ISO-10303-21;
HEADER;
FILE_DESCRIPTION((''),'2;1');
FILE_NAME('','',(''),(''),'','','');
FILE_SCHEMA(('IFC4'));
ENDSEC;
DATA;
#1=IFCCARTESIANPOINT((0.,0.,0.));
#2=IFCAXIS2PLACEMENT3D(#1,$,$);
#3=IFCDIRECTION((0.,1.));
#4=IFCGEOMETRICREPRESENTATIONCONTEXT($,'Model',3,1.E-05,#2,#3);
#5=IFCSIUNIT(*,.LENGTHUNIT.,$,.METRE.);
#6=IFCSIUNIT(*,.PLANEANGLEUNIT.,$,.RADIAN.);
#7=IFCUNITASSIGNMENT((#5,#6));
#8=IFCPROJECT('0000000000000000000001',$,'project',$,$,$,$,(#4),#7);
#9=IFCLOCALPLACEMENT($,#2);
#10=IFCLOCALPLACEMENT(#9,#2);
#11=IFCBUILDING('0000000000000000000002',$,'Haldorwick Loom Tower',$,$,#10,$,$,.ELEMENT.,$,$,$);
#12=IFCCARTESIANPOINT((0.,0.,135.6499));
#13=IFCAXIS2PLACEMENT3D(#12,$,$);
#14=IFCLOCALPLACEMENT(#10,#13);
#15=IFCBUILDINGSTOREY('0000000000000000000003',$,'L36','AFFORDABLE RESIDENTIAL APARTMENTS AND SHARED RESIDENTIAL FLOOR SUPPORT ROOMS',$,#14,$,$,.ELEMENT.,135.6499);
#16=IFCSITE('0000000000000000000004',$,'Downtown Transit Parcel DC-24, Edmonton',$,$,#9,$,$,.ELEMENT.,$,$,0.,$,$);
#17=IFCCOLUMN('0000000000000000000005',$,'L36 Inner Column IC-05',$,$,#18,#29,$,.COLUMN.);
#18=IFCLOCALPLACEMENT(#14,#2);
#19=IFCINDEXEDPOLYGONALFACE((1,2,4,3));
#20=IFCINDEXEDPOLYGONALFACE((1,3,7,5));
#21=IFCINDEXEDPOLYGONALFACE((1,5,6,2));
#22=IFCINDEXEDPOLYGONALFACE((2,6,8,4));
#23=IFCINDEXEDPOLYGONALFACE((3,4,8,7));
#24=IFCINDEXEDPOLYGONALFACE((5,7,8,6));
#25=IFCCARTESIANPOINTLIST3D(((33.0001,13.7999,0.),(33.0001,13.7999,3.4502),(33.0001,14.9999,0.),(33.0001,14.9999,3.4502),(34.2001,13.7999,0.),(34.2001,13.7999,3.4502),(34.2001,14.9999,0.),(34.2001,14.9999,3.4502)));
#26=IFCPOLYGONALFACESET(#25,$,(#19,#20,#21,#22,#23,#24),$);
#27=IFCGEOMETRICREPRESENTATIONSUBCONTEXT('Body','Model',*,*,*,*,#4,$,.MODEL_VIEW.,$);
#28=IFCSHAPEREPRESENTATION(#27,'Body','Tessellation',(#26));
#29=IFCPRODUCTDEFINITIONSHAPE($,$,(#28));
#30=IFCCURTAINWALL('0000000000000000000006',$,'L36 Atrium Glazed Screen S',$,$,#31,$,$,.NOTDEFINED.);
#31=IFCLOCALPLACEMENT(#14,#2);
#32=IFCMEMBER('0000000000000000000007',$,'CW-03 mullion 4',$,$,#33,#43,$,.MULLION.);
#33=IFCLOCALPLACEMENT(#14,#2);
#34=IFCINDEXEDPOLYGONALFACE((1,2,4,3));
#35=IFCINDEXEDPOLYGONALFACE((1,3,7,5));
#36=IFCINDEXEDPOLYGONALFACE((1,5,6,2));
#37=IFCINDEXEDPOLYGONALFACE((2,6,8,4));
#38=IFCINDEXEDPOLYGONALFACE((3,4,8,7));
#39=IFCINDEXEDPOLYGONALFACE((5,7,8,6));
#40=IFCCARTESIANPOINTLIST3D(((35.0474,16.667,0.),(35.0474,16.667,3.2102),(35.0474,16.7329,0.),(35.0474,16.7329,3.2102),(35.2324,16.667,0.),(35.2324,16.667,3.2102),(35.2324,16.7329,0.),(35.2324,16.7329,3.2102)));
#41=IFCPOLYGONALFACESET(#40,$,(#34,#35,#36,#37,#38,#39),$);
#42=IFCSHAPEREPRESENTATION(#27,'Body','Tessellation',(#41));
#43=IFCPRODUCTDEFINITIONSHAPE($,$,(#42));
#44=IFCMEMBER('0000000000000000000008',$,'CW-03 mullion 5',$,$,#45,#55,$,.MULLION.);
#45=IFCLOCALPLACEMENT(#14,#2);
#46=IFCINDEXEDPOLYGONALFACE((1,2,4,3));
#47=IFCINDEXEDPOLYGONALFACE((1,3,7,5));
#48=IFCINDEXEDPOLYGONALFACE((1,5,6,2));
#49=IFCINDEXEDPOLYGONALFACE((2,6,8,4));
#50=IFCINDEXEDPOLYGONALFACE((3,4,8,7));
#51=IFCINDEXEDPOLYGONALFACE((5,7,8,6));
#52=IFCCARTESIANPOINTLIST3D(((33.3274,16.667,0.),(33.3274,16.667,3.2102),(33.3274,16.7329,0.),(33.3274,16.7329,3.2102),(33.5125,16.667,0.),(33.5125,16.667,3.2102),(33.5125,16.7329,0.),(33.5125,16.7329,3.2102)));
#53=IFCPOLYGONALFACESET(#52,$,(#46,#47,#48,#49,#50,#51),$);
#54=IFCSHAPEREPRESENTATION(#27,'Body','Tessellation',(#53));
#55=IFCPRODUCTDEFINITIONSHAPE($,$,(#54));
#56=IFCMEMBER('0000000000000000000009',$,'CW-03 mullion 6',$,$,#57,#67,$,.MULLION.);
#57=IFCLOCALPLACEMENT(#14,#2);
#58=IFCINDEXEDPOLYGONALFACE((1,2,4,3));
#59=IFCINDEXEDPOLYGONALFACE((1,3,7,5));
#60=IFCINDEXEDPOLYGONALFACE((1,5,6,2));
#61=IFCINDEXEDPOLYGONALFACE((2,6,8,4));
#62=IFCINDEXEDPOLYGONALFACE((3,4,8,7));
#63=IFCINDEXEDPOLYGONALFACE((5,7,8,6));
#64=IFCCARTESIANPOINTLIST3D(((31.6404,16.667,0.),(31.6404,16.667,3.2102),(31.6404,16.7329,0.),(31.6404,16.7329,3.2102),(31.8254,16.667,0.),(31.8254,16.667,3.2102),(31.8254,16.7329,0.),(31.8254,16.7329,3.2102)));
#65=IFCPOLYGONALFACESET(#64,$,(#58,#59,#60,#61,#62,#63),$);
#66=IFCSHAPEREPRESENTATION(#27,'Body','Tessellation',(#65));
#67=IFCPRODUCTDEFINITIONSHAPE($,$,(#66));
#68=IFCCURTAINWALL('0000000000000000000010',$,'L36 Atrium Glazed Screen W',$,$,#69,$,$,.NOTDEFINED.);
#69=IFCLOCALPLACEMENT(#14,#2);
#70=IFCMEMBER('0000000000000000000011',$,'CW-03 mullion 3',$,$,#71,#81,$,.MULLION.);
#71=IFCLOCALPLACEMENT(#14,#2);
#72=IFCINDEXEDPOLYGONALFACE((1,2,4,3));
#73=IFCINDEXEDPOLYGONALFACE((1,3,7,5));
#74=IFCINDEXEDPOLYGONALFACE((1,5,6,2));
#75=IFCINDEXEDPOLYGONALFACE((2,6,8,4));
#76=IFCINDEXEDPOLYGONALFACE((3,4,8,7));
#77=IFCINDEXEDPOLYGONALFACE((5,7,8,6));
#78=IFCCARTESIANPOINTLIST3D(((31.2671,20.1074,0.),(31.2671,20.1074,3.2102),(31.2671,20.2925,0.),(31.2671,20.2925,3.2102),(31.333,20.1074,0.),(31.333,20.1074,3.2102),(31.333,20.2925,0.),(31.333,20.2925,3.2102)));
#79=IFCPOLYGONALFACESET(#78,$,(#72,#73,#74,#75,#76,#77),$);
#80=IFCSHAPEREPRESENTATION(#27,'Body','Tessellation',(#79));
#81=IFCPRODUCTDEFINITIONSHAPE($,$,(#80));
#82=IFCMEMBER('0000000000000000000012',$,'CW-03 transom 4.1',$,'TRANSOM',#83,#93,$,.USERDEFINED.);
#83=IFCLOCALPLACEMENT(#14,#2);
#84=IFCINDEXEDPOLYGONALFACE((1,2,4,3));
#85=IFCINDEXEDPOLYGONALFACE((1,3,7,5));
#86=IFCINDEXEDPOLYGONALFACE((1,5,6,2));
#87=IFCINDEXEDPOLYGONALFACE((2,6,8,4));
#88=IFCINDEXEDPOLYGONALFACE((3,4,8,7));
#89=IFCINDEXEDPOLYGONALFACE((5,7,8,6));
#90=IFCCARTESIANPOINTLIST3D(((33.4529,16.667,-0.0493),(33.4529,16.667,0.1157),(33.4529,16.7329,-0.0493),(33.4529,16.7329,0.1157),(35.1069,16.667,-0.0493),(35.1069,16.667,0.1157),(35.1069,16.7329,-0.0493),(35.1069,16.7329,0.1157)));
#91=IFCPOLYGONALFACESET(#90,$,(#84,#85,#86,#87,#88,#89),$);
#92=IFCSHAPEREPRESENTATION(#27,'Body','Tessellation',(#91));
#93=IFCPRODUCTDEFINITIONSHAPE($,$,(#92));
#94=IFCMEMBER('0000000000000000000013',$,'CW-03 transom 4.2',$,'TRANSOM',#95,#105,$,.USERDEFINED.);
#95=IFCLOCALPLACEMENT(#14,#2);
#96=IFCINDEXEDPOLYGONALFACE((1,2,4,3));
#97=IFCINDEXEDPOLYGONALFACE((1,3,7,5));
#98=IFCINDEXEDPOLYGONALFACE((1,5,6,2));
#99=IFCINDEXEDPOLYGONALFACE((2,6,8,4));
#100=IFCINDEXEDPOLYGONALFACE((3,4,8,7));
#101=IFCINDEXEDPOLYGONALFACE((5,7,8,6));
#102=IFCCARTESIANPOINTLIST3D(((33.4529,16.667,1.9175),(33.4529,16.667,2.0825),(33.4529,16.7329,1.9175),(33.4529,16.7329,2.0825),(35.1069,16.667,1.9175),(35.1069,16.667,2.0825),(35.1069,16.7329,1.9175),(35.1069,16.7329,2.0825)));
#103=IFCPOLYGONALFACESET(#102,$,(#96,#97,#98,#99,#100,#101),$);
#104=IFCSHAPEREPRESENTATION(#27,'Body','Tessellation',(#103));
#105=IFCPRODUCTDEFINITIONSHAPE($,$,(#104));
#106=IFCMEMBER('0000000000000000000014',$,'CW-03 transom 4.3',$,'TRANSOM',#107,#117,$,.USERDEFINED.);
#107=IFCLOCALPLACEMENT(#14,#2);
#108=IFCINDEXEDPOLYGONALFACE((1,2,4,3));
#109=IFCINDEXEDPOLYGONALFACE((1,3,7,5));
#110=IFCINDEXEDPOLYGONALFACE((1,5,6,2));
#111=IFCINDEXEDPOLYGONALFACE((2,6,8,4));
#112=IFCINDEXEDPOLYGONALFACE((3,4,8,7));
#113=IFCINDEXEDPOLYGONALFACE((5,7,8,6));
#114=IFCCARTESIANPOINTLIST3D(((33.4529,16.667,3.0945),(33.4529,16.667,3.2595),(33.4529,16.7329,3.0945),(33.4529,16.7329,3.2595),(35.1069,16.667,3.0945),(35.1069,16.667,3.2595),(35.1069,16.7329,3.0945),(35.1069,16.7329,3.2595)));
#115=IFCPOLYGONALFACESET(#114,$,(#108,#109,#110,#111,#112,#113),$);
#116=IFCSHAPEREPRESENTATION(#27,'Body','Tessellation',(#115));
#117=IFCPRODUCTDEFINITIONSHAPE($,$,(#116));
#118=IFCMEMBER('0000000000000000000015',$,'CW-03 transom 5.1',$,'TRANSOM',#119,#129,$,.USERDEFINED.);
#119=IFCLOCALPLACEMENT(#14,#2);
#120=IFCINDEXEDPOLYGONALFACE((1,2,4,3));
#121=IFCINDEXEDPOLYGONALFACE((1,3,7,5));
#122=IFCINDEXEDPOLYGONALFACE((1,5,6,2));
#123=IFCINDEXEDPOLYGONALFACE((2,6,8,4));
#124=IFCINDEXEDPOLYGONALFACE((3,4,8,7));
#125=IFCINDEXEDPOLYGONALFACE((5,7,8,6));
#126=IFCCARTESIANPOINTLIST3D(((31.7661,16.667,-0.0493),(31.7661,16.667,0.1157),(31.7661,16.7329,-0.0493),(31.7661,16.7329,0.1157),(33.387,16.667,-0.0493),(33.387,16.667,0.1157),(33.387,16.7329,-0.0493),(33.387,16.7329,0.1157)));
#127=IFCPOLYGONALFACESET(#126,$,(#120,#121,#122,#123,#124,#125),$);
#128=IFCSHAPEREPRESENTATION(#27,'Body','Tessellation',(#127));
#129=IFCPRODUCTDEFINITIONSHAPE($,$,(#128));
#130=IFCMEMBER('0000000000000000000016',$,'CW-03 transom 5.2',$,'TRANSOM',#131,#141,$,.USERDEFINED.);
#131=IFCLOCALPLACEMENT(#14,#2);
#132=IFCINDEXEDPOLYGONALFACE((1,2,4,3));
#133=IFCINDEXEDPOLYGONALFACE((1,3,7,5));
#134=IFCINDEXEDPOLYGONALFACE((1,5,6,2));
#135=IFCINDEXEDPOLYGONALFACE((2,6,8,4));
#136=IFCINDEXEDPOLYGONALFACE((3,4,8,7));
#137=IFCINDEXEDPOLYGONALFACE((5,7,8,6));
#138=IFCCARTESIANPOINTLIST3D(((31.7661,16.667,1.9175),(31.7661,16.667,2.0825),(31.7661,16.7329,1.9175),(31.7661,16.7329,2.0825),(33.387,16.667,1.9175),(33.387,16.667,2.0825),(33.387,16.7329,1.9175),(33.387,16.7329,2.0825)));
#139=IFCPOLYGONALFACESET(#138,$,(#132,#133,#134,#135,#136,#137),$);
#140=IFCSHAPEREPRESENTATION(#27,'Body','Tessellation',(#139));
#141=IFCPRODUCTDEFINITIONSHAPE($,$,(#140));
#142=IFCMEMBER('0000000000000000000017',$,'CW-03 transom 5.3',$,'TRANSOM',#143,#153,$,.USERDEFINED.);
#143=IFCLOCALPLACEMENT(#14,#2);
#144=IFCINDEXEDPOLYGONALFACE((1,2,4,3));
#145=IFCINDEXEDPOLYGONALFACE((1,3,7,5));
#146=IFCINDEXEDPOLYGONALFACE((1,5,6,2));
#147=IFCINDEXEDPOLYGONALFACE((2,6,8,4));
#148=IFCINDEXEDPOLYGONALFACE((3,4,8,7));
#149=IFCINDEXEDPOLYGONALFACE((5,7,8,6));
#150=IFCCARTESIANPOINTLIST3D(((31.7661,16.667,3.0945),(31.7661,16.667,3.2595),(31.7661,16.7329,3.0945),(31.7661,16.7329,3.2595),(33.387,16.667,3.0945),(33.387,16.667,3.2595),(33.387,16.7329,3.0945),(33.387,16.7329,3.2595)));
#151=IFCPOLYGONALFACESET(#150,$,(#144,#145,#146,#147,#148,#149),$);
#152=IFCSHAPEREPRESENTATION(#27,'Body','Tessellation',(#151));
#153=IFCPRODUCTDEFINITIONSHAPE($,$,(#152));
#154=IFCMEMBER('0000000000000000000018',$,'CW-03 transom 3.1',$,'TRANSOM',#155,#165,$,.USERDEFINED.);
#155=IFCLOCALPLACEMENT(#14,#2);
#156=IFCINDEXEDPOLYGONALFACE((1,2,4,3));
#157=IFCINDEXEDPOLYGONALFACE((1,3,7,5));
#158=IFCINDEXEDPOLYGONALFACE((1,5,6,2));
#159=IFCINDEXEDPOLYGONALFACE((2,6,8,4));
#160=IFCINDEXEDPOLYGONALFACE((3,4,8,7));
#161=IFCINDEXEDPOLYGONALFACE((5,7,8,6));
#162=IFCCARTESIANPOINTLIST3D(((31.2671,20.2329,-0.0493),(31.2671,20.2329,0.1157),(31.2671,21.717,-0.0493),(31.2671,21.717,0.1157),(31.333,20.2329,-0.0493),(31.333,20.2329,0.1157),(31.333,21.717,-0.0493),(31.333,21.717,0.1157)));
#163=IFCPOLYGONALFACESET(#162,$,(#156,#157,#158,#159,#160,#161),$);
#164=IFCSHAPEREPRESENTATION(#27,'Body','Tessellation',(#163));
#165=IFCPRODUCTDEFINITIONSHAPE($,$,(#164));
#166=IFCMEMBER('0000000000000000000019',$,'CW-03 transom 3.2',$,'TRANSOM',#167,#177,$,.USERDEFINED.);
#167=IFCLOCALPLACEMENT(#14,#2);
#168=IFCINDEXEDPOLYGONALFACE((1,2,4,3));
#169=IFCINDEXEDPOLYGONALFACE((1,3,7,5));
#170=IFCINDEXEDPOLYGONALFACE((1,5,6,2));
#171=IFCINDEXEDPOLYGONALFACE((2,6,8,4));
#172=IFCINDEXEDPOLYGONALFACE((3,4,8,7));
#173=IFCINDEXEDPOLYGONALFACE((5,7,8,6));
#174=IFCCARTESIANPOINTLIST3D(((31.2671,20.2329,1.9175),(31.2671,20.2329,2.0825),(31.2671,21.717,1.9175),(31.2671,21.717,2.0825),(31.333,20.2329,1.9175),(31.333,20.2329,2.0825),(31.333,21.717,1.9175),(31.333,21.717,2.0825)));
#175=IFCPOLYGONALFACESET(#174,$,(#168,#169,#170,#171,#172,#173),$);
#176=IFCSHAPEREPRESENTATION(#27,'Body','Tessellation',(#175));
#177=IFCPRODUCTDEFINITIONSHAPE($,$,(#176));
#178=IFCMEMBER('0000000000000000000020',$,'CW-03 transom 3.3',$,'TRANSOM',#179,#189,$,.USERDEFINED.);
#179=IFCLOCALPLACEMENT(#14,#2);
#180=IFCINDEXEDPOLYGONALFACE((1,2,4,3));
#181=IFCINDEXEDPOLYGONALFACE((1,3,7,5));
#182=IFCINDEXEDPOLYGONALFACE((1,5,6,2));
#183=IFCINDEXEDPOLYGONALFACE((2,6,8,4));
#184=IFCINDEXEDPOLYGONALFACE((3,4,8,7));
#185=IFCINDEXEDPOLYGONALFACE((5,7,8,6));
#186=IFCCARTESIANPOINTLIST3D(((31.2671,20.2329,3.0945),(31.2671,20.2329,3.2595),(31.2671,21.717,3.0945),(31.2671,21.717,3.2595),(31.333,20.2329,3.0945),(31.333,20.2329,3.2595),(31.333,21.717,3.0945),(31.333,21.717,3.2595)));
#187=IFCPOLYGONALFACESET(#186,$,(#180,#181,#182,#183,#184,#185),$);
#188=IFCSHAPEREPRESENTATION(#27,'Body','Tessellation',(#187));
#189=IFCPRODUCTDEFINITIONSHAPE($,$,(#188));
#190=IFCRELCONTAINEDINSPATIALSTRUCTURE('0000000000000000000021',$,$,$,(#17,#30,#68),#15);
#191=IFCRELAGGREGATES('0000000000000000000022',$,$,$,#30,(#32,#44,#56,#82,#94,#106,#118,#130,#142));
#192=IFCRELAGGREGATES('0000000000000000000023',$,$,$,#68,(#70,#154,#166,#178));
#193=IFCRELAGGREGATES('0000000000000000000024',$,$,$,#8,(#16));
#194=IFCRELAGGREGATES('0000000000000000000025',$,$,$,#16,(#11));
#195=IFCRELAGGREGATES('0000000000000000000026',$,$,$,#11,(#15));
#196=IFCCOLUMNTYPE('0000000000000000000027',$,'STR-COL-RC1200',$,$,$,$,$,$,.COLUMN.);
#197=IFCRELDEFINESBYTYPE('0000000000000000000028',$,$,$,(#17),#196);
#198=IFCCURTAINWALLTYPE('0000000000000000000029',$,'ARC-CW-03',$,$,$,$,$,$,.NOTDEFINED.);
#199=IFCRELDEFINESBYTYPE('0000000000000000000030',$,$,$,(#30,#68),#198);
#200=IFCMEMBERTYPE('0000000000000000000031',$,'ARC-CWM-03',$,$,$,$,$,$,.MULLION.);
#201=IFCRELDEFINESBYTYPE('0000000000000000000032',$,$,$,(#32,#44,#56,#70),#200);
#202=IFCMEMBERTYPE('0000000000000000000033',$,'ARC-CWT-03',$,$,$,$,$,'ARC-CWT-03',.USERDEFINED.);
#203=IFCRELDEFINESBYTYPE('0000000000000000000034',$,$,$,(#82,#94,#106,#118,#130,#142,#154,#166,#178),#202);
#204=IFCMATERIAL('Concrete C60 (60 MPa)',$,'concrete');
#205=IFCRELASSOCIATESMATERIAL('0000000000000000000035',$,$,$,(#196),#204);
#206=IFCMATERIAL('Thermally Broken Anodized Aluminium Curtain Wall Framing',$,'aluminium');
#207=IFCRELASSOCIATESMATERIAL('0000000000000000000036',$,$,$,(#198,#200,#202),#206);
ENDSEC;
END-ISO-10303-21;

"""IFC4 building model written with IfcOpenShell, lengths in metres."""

from ifc_helpers import new_model, si_unit, direction, frame, origin, origin_2d, place, context, subcontext, project, spatial, rectangle, extrude, material, material_profile, profile_set, type_object, element, aggregate, save


model = new_model("IFC4")

# Units and contexts
model_context = context("Model", 3, precision=1e-05, world=origin(), true_north=direction((0.0, 1.0)))
body_context = subcontext(model_context, "Body", "Model", "MODEL_VIEW")
ifc_project = project(units=[si_unit("LENGTHUNIT", "METRE"), si_unit("PLANEANGLEUNIT", "RADIAN")], contexts=[model_context])

# Site, building, storey
site_placement = place(None, origin())
site = spatial("IfcSite", under=ifc_project, at=site_placement, Name="Downtown Transit Parcel DC-24, Edmonton", CompositionType="ELEMENT", RefElevation=0.0)
building_placement = place(site_placement, origin())
building = spatial("IfcBuilding", under=site, at=building_placement, Name="Haldorwick Loom Tower", CompositionType="ELEMENT")
storey_placement = place(building_placement, frame((0.0, 0.0, 135.6499)))
storey = spatial("IfcBuildingStorey", under=building, at=storey_placement, Name="L36", Description="AFFORDABLE RESIDENTIAL APARTMENTS AND SHARED RESIDENTIAL FLOOR SUPPORT ROOMS", CompositionType="ELEMENT", Elevation=135.6499)

# Column
ifc_material_1 = material(Name="Concrete C60 (60 MPa)", Category="concrete")
ifc_material_profile_1 = material_profile(ifc_material_1, rectangle(XDim=1.2, YDim=1.2, at=origin_2d()), Name="RC1200X1200", Category="concrete")
ifc_profile_set_1 = profile_set([ifc_material_profile_1], Name="Concrete C60 (60 MPa)")
column_type = type_object("IfcColumnType", Name="STR-COL-RC1200", PredefinedType="COLUMN", material=ifc_profile_set_1)
column_placement = place(storey_placement, frame((33.6001, 14.3999, 0.0), z_axis=(0.0, 0.0, 1.0), x_axis=(1.0, 0.0, 0.0)))
element("IfcColumn", 1, at=column_placement, inside=storey, type_object=column_type, Name="L36 Inner Column IC-05", PredefinedType="COLUMN", context=body_context, shape_type="SweptSolid", body=[
    extrude(rectangle(XDim=1.2, YDim=1.2, at=origin_2d()), origin(), (0.0, 0.0, 1.0), 3.4502),
])

# Curtain wall, members
ifc_material_2 = material(Name="Thermally Broken Anodized Aluminium Curtain Wall Framing", Category="aluminium")
curtain_wall_type = type_object("IfcCurtainWallType", Name="ARC-CW-03", PredefinedType="NOTDEFINED", material=ifc_material_2)
curtain_wall_1_placement = place(storey_placement, origin())
curtain_wall_1 = element("IfcCurtainWall", 2, at=curtain_wall_1_placement, inside=storey, type_object=curtain_wall_type, Name="L36 Atrium Glazed Screen S", PredefinedType="NOTDEFINED")
ifc_material_profile_2 = material_profile(ifc_material_2, rectangle(XDim=0.0659, YDim=0.1851, at=origin_2d()), Name="ALU_MUL_66X185", Category="aluminium")
ifc_profile_set_2 = profile_set([ifc_material_profile_2], Name="Thermally Broken Anodized Aluminium Curtain Wall Framing")
member_type_1 = type_object("IfcMemberType", Name="ARC-CWM-03", PredefinedType="MULLION", material=ifc_profile_set_2)
member_1_placement = place(storey_placement, frame((35.1399, 16.7, 0.0), z_axis=(0.0, 0.0, 1.0), x_axis=(0.0, -1.0, 0.0)))
member_1 = element("IfcMember", 3, at=member_1_placement, type_object=member_type_1, Name="CW-03 mullion 4", PredefinedType="MULLION", context=body_context, shape_type="SweptSolid", body=[
    extrude(rectangle(XDim=0.0659, YDim=0.1851, at=origin_2d()), origin(), (0.0, 0.0, 1.0), 3.2102),
])
member_2_placement = place(storey_placement, frame((33.4199, 16.7, 0.0), z_axis=(0.0, 0.0, 1.0), x_axis=(0.0, -1.0, 0.0)))
member_2 = element("IfcMember", 4, at=member_2_placement, type_object=member_type_1, Name="CW-03 mullion 5", PredefinedType="MULLION", context=body_context, shape_type="SweptSolid", body=[
    extrude(rectangle(XDim=0.0659, YDim=0.1851, at=origin_2d()), origin(), (0.0, 0.0, 1.0), 3.2102),
])
member_3_placement = place(storey_placement, frame((31.7329, 16.7, 0.0), z_axis=(0.0, 0.0, 1.0), x_axis=(0.0, -1.0, 0.0)))
member_3 = element("IfcMember", 5, at=member_3_placement, type_object=member_type_1, Name="CW-03 mullion 6", PredefinedType="MULLION", context=body_context, shape_type="SweptSolid", body=[
    extrude(rectangle(XDim=0.0659, YDim=0.1851, at=origin_2d()), origin(), (0.0, 0.0, 1.0), 3.2102),
])

# Curtain wall, member
curtain_wall_2_placement = place(storey_placement, origin())
curtain_wall_2 = element("IfcCurtainWall", 6, at=curtain_wall_2_placement, inside=storey, type_object=curtain_wall_type, Name="L36 Atrium Glazed Screen W", PredefinedType="NOTDEFINED")
member_4_placement = place(storey_placement, frame((31.3, 20.2, 0.0), z_axis=(0.0, 0.0, 1.0), x_axis=(-1.0, 0.0, 0.0)))
member_4 = element("IfcMember", 7, at=member_4_placement, type_object=member_type_1, Name="CW-03 mullion 3", PredefinedType="MULLION", context=body_context, shape_type="SweptSolid", body=[
    extrude(rectangle(XDim=0.0659, YDim=0.1851, at=origin_2d()), origin(), (0.0, 0.0, 1.0), 3.2102),
])

# Members
ifc_material_profile_3 = material_profile(ifc_material_2, rectangle(XDim=0.0659, YDim=0.165, at=origin_2d()), Name="ALU_TRN_66X165", Category="aluminium")
ifc_profile_set_3 = profile_set([ifc_material_profile_3], Name="Thermally Broken Anodized Aluminium Curtain Wall Framing")
member_type_2 = type_object("IfcMemberType", Name="ARC-CWT-03", ElementType="ARC-CWT-03", PredefinedType="USERDEFINED", material=ifc_profile_set_3)
member_5_placement = place(storey_placement, frame((35.1069, 16.7, 0.0332), z_axis=(-1.0, 0.0, 0.0), x_axis=(0.0, -1.0, 0.0)))
member_5 = element("IfcMember", 8, at=member_5_placement, type_object=member_type_2, Name="CW-03 transom 4.1", ObjectType="TRANSOM", PredefinedType="USERDEFINED", context=body_context, shape_type="SweptSolid", body=[
    extrude(rectangle(XDim=0.0659, YDim=0.165, at=origin_2d()), origin(), (0.0, 0.0, 1.0), 1.6541),
])
member_6_placement = place(storey_placement, frame((35.1069, 16.7, 2.0), z_axis=(-1.0, 0.0, 0.0), x_axis=(0.0, -1.0, 0.0)))
member_6 = element("IfcMember", 9, at=member_6_placement, type_object=member_type_2, Name="CW-03 transom 4.2", ObjectType="TRANSOM", PredefinedType="USERDEFINED", context=body_context, shape_type="SweptSolid", body=[
    extrude(rectangle(XDim=0.0659, YDim=0.165, at=origin_2d()), origin(), (0.0, 0.0, 1.0), 1.6541),
])
member_7_placement = place(storey_placement, frame((35.1069, 16.7, 3.177), z_axis=(-1.0, 0.0, 0.0), x_axis=(0.0, -1.0, 0.0)))
member_7 = element("IfcMember", 10, at=member_7_placement, type_object=member_type_2, Name="CW-03 transom 4.3", ObjectType="TRANSOM", PredefinedType="USERDEFINED", context=body_context, shape_type="SweptSolid", body=[
    extrude(rectangle(XDim=0.0659, YDim=0.165, at=origin_2d()), origin(), (0.0, 0.0, 1.0), 1.6541),
])
member_8_placement = place(storey_placement, frame((33.387, 16.7, 0.0332), z_axis=(-1.0, 0.0, 0.0), x_axis=(0.0, -1.0, 0.0)))
member_8 = element("IfcMember", 11, at=member_8_placement, type_object=member_type_2, Name="CW-03 transom 5.1", ObjectType="TRANSOM", PredefinedType="USERDEFINED", context=body_context, shape_type="SweptSolid", body=[
    extrude(rectangle(XDim=0.0659, YDim=0.165, at=origin_2d()), origin(), (0.0, 0.0, 1.0), 1.6208),
])
member_9_placement = place(storey_placement, frame((33.387, 16.7, 2.0), z_axis=(-1.0, 0.0, 0.0), x_axis=(0.0, -1.0, 0.0)))
member_9 = element("IfcMember", 12, at=member_9_placement, type_object=member_type_2, Name="CW-03 transom 5.2", ObjectType="TRANSOM", PredefinedType="USERDEFINED", context=body_context, shape_type="SweptSolid", body=[
    extrude(rectangle(XDim=0.0659, YDim=0.165, at=origin_2d()), origin(), (0.0, 0.0, 1.0), 1.6208),
])
member_10_placement = place(storey_placement, frame((33.387, 16.7, 3.177), z_axis=(-1.0, 0.0, 0.0), x_axis=(0.0, -1.0, 0.0)))
member_10 = element("IfcMember", 13, at=member_10_placement, type_object=member_type_2, Name="CW-03 transom 5.3", ObjectType="TRANSOM", PredefinedType="USERDEFINED", context=body_context, shape_type="SweptSolid", body=[
    extrude(rectangle(XDim=0.0659, YDim=0.165, at=origin_2d()), origin(), (0.0, 0.0, 1.0), 1.6208),
])
member_11_placement = place(storey_placement, frame((31.3, 20.2329, 0.0332), z_axis=(0.0, 1.0, 0.0), x_axis=(-1.0, 0.0, 0.0)))
member_11 = element("IfcMember", 14, at=member_11_placement, type_object=member_type_2, Name="CW-03 transom 3.1", ObjectType="TRANSOM", PredefinedType="USERDEFINED", context=body_context, shape_type="SweptSolid", body=[
    extrude(rectangle(XDim=0.0659, YDim=0.165, at=origin_2d()), origin(), (0.0, 0.0, 1.0), 1.4841),
])
member_12_placement = place(storey_placement, frame((31.3, 20.2329, 2.0), z_axis=(0.0, 1.0, 0.0), x_axis=(-1.0, 0.0, 0.0)))
member_12 = element("IfcMember", 15, at=member_12_placement, type_object=member_type_2, Name="CW-03 transom 3.2", ObjectType="TRANSOM", PredefinedType="USERDEFINED", context=body_context, shape_type="SweptSolid", body=[
    extrude(rectangle(XDim=0.0659, YDim=0.165, at=origin_2d()), origin(), (0.0, 0.0, 1.0), 1.4841),
])
member_13_placement = place(storey_placement, frame((31.3, 20.2329, 3.177), z_axis=(0.0, 1.0, 0.0), x_axis=(-1.0, 0.0, 0.0)))
member_13 = element("IfcMember", 16, at=member_13_placement, type_object=member_type_2, Name="CW-03 transom 3.3", ObjectType="TRANSOM", PredefinedType="USERDEFINED", context=body_context, shape_type="SweptSolid", body=[
    extrude(rectangle(XDim=0.0659, YDim=0.165, at=origin_2d()), origin(), (0.0, 0.0, 1.0), 1.4841),
])

aggregate(curtain_wall_1, [member_1, member_2, member_3, member_5, member_6, member_7, member_8, member_9, member_10])
aggregate(curtain_wall_2, [member_4, member_11, member_12, member_13])

save(model, "model.ifc")
